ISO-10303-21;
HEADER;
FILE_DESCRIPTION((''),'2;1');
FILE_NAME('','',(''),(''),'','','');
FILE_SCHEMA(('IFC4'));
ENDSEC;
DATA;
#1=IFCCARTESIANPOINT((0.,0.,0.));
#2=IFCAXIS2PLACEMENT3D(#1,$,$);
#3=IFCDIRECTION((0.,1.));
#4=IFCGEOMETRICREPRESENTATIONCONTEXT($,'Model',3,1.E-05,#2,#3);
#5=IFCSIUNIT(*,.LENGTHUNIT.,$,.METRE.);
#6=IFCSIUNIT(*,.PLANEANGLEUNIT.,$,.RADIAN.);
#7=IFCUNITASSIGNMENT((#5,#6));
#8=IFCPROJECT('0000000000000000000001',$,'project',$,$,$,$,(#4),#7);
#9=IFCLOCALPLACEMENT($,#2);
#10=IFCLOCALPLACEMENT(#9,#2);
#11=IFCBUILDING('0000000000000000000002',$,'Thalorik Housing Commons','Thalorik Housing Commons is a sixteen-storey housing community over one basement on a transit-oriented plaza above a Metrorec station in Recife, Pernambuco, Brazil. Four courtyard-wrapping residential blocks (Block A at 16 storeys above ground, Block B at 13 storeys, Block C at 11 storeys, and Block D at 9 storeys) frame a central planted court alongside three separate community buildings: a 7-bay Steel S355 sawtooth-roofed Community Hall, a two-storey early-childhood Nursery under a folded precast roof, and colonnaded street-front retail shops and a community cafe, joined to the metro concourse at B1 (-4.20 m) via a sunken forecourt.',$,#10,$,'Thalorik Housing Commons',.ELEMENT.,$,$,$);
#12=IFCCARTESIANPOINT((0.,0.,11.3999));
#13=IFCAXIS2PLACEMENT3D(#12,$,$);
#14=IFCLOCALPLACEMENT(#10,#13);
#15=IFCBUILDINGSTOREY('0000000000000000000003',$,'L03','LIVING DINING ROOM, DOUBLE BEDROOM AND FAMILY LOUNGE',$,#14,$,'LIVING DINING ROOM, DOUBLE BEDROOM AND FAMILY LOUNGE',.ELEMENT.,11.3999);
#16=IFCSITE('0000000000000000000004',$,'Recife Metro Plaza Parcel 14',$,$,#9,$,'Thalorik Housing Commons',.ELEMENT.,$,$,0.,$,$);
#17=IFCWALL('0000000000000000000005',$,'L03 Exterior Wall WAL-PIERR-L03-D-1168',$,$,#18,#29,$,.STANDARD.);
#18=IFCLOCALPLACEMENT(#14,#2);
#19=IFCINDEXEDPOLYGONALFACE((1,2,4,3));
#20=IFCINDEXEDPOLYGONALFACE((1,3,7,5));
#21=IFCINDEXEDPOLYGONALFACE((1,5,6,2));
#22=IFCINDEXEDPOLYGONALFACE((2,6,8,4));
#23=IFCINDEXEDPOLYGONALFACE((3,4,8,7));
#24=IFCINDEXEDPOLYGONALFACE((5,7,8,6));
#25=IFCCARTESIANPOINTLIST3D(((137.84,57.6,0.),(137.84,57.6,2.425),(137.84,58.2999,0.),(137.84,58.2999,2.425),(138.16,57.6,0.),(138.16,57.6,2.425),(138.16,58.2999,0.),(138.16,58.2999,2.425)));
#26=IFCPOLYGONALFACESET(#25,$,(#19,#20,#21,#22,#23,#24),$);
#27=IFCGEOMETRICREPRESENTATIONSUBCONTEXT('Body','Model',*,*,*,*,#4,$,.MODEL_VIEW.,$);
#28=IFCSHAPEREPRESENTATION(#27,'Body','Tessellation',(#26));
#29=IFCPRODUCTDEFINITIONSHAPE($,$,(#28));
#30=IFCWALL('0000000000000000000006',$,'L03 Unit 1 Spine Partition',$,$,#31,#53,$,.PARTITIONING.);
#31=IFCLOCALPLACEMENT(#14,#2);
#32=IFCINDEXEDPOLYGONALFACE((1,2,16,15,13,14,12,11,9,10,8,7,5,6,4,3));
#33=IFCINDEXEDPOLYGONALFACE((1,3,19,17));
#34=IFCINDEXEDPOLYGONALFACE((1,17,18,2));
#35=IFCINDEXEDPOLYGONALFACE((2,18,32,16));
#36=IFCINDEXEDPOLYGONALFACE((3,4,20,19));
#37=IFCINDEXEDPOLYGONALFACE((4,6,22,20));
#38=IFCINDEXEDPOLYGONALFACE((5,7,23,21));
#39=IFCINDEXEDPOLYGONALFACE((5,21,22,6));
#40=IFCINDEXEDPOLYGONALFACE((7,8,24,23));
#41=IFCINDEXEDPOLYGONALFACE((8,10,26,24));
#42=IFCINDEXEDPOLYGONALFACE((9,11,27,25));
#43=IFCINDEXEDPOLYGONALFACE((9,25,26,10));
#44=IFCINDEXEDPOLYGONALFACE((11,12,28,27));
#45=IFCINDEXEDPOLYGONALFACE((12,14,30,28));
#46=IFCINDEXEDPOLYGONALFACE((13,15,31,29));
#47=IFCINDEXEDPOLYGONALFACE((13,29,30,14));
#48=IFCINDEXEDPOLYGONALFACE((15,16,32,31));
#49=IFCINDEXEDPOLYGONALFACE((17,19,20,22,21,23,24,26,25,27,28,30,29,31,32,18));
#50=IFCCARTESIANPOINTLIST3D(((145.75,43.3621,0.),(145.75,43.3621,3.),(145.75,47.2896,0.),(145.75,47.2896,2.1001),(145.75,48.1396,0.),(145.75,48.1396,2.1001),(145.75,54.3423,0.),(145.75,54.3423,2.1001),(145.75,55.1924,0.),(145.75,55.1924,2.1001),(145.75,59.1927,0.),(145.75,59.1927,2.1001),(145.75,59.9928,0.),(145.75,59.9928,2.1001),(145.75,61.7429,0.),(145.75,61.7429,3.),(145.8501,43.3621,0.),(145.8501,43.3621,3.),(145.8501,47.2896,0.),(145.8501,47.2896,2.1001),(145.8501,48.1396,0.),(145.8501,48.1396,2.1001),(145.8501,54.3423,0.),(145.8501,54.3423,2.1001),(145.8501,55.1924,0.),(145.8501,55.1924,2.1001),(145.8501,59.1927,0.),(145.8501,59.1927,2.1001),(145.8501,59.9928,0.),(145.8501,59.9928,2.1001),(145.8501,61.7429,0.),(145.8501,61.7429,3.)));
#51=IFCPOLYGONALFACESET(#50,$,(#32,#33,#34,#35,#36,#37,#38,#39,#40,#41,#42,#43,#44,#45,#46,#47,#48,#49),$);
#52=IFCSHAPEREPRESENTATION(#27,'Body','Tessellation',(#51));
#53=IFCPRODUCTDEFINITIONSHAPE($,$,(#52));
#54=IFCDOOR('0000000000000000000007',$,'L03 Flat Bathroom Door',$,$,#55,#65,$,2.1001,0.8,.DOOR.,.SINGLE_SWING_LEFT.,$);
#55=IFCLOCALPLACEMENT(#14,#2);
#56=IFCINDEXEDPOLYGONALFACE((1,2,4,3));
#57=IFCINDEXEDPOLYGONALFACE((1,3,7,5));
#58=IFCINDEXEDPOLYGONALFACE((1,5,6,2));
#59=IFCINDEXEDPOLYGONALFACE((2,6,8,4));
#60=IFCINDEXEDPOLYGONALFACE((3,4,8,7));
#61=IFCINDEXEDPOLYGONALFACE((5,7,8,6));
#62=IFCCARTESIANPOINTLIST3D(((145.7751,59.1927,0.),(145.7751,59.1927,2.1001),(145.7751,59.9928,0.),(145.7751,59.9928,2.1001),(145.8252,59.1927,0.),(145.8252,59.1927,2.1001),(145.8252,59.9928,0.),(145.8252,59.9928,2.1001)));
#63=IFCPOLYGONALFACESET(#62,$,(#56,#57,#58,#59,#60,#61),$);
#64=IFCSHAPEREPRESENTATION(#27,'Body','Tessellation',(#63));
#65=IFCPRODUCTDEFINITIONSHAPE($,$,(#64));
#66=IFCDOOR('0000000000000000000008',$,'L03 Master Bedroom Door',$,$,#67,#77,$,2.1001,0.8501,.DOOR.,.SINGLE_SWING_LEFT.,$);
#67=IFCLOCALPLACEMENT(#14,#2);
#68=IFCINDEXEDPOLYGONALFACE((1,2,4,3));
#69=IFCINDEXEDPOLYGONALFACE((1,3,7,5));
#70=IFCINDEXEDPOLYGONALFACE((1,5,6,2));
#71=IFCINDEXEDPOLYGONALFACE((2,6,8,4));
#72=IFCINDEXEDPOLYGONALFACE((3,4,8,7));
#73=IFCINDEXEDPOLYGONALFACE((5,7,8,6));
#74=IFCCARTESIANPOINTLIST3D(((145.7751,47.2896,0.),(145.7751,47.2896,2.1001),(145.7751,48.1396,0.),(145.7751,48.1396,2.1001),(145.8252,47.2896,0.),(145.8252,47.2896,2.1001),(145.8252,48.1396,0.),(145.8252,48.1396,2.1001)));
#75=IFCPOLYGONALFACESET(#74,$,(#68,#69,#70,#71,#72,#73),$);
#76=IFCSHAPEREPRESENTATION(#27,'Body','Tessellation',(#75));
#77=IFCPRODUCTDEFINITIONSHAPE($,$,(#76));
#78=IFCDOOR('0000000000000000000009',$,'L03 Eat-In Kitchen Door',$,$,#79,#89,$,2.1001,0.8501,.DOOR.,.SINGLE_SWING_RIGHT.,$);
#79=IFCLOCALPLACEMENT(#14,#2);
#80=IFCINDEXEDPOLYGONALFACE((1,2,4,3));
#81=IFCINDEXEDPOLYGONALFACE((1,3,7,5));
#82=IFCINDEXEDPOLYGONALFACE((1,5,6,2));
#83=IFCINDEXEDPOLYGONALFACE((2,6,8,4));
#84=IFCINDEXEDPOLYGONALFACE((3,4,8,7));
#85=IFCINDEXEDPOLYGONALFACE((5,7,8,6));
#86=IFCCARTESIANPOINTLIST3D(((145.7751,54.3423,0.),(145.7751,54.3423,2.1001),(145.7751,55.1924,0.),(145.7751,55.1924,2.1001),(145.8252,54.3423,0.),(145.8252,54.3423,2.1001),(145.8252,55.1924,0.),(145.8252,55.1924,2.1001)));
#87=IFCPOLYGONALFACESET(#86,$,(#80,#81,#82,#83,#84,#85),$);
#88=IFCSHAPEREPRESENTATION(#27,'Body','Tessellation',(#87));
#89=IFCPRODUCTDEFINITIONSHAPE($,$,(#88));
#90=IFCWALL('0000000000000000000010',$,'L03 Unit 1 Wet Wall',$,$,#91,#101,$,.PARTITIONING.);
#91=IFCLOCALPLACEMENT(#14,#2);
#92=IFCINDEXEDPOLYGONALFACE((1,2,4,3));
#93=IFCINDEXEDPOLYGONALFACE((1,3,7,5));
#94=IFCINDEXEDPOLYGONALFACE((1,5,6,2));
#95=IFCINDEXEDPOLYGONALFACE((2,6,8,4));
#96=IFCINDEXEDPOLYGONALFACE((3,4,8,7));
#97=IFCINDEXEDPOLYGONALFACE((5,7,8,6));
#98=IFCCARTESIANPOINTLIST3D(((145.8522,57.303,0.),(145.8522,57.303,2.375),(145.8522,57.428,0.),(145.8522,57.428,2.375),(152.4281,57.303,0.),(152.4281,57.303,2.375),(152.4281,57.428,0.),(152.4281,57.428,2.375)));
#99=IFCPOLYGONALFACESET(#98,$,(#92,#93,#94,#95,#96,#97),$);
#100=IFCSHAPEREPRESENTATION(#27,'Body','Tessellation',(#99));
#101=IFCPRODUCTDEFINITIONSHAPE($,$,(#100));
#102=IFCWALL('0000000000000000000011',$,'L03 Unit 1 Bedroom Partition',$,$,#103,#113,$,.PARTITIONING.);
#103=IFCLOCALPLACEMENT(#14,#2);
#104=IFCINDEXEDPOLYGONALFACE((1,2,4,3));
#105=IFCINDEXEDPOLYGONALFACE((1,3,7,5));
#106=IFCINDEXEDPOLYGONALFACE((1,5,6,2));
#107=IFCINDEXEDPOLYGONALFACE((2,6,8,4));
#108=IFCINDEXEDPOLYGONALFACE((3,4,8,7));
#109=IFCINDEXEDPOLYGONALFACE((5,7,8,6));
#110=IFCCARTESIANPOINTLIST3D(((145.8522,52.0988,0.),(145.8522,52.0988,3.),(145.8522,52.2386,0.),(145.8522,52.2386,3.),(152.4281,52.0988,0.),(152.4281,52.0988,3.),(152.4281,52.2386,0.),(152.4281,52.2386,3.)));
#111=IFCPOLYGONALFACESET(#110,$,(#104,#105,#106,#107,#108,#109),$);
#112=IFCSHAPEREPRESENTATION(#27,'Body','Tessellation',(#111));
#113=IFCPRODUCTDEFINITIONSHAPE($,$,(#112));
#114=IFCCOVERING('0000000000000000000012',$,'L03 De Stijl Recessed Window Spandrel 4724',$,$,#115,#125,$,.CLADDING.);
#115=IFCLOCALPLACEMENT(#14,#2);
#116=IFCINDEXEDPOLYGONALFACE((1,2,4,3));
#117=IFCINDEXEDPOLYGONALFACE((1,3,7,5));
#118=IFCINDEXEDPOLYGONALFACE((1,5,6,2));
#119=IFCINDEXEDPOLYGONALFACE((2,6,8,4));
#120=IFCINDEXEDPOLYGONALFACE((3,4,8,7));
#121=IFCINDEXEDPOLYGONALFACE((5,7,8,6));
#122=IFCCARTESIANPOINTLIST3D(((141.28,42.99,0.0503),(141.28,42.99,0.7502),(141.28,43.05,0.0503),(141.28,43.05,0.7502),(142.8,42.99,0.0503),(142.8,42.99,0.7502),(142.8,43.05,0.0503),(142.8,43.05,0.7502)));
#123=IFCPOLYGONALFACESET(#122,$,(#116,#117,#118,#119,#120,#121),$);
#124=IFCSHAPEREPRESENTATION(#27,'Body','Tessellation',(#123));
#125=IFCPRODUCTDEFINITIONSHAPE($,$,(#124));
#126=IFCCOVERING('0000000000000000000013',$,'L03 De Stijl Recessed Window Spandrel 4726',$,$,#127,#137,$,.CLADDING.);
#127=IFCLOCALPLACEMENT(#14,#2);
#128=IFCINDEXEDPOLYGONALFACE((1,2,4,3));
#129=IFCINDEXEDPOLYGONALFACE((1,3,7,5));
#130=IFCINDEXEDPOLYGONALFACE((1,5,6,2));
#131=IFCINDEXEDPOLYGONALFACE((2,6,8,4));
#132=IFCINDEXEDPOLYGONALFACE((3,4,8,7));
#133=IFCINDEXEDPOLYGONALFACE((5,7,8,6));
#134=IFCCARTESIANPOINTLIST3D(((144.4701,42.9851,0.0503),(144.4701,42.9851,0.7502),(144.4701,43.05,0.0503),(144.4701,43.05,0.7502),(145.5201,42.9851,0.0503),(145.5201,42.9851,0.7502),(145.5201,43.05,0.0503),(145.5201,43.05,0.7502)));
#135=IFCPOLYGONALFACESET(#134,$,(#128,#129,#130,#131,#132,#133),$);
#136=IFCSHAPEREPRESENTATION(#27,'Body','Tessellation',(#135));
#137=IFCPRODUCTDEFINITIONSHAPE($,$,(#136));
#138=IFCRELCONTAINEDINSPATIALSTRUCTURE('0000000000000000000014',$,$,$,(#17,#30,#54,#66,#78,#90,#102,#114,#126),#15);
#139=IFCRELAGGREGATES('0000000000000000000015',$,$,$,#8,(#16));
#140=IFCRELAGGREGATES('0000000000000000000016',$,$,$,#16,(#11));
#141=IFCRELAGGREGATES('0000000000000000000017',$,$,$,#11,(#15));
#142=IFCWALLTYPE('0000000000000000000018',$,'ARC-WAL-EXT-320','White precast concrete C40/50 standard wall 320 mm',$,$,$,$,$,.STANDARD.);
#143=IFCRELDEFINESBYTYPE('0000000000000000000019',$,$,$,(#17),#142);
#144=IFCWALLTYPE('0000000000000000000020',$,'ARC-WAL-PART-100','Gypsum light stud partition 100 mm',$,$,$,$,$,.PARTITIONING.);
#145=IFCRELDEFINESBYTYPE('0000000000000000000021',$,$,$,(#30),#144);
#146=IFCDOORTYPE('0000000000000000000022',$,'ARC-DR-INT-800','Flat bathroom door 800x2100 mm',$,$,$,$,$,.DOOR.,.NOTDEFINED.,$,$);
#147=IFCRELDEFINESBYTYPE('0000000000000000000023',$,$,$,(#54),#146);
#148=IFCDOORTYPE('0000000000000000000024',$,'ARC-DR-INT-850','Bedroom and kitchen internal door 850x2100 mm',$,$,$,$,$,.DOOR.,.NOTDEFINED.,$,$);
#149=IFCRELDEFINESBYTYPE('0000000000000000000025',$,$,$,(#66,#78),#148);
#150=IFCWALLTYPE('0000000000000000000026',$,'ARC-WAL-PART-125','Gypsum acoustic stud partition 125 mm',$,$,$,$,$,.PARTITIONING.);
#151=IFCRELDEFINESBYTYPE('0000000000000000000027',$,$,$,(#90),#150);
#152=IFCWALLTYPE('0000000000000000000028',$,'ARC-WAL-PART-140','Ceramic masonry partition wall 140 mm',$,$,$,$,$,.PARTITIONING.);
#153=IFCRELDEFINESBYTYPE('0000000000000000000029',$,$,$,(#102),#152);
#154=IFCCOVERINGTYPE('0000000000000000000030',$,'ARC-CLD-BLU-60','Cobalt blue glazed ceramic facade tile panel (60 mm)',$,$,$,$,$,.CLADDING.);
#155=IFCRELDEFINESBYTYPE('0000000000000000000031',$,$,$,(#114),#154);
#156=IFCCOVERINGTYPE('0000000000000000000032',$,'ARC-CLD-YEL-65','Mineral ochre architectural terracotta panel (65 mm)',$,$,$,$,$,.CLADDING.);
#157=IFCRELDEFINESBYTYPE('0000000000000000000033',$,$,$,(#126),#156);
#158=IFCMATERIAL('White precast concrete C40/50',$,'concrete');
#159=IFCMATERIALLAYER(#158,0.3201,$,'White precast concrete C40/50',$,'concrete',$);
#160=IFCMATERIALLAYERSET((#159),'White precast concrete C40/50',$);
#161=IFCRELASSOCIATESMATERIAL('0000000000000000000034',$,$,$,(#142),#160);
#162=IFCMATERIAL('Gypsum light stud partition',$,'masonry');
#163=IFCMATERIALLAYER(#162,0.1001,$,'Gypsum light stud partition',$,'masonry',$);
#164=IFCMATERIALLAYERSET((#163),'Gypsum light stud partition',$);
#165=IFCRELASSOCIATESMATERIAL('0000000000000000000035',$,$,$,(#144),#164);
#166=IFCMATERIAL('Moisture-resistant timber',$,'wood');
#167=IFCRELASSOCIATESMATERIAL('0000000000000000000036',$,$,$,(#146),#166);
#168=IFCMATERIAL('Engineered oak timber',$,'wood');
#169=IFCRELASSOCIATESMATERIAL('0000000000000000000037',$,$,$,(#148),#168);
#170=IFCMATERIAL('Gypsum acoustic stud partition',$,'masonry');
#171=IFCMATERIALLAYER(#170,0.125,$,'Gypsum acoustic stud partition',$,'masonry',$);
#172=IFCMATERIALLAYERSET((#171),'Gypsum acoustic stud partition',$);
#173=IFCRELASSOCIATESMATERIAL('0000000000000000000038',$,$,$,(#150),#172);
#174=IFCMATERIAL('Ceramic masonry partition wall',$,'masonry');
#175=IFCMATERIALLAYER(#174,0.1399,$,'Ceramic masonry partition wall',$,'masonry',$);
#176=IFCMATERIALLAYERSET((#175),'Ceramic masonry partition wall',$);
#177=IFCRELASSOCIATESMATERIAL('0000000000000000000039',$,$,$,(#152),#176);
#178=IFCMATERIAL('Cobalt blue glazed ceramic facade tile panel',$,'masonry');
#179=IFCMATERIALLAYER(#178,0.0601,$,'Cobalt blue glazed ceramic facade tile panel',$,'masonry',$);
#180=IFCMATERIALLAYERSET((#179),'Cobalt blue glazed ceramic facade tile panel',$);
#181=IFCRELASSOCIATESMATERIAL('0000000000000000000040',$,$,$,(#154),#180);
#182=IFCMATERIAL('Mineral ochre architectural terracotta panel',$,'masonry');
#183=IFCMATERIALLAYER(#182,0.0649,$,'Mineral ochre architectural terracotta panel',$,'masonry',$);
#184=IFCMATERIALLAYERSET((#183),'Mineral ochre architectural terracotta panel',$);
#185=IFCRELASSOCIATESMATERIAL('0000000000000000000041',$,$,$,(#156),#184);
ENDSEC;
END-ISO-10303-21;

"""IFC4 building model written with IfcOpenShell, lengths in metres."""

from ifc_helpers import new_model, si_unit, direction, frame, frame_2d, origin, origin_2d, place, context, subcontext, project, spatial, rectangle, extrude, material, layer, layer_set, type_object, element, fill, save


model = new_model("IFC4")

# Units and contexts
model_context = context("Model", 3, precision=1e-05, world=origin(), true_north=direction((0.0, 1.0)))
body_context = subcontext(model_context, "Body", "Model", "MODEL_VIEW")
ifc_project = project(units=[si_unit("LENGTHUNIT", "METRE"), si_unit("PLANEANGLEUNIT", "RADIAN")], contexts=[model_context])

# Site, building, storey
site_placement = place(None, origin())
site = spatial("IfcSite", under=ifc_project, at=site_placement, Name="Recife Metro Plaza Parcel 14", LongName="Thalorik Housing Commons", CompositionType="ELEMENT", RefElevation=0.0)
building_placement = place(site_placement, origin())
building = spatial("IfcBuilding", under=site, at=building_placement, Name="Thalorik Housing Commons", Description="Thalorik Housing Commons is a sixteen-storey housing community over one basement on a transit-oriented plaza above a Metrorec station in Recife, Pernambuco, Brazil. Four courtyard-wrapping residential blocks (Block A at 16 storeys above ground, Block B at 13 storeys, Block C at 11 storeys, and Block D at 9 storeys) frame a central planted court alongside three separate community buildings: a 7-bay Steel S355 sawtooth-roofed Community Hall, a two-storey early-childhood Nursery under a folded precast roof, and colonnaded street-front retail shops and a community cafe, joined to the metro concourse at B1 (-4.20 m) via a sunken forecourt.", LongName="Thalorik Housing Commons", CompositionType="ELEMENT")
storey_placement = place(building_placement, frame((0.0, 0.0, 11.3999)))
storey = spatial("IfcBuildingStorey", under=building, at=storey_placement, Name="L03", Description="LIVING DINING ROOM, DOUBLE BEDROOM AND FAMILY LOUNGE", LongName="LIVING DINING ROOM, DOUBLE BEDROOM AND FAMILY LOUNGE", CompositionType="ELEMENT", Elevation=11.3999)

# Wall
ifc_material_1 = material(Name="White precast concrete C40/50", Category="concrete")
ifc_layer_1 = layer(ifc_material_1, 0.3201, Name="White precast concrete C40/50", Category="concrete")
ifc_layer_set_1 = layer_set([ifc_layer_1], Name="White precast concrete C40/50")
wall_type_1 = type_object("IfcWallType", Name="ARC-WAL-EXT-320", Description="White precast concrete C40/50 standard wall 320 mm", PredefinedType="STANDARD", material=ifc_layer_set_1)
wall_1_placement = place(storey_placement, frame((138.0, 58.3, 0.0), z_axis=(0.0, 0.0, 1.0), x_axis=(0.0, -1.0, 0.0)))
element("IfcWall", 1, at=wall_1_placement, inside=storey, type_object=wall_type_1, Name="L03 Exterior Wall WAL-PIERR-L03-D-1168", PredefinedType="STANDARD", context=body_context, shape_type="SweptSolid", body=[
    extrude(rectangle(XDim=0.7, YDim=0.3201, at=frame_2d((0.3501, 0.0))), origin(), (0.0, 0.0, 1.0), 2.425),
])

# Wall, openings, doors
ifc_material_2 = material(Name="Gypsum light stud partition", Category="masonry")
ifc_layer_2 = layer(ifc_material_2, 0.1001, Name="Gypsum light stud partition", Category="masonry")
ifc_layer_set_2 = layer_set([ifc_layer_2], Name="Gypsum light stud partition")
wall_type_2 = type_object("IfcWallType", Name="ARC-WAL-PART-100", Description="Gypsum light stud partition 100 mm", PredefinedType="PARTITIONING", material=ifc_layer_set_2)
wall_2_placement = place(storey_placement, frame((145.8, 43.3621, 0.0), z_axis=(0.0, 0.0, 1.0), x_axis=(0.0, 1.0, 0.0)))
wall_2 = element("IfcWall", 2, at=wall_2_placement, inside=storey, type_object=wall_type_2, Name="L03 Unit 1 Spine Partition", PredefinedType="PARTITIONING", context=body_context, shape_type="SweptSolid", body=[
    extrude(rectangle(XDim=18.3809, YDim=0.1001, at=frame_2d((9.1904, 0.0))), origin(), (0.0, 0.0, 1.0), 3.0),
])
opening_1_placement = place(wall_2_placement, frame((3.9275, 0.0, 0.0)))
opening_1 = element("IfcOpeningElement", 3, at=opening_1_placement, cuts=wall_2, PredefinedType="OPENING", context=body_context, shape_type="SweptSolid", body=[
    extrude(rectangle(XDim=0.8501, YDim=2.1001, at=frame_2d((0.425, 1.05))), frame((0.0, 0.0601, 0.0), z_axis=(0.0, -1.0, 0.0), x_axis=(1.0, 0.0, 0.0)), (0.0, 0.0, 1.0), 0.1201),
])
opening_2_placement = place(wall_2_placement, frame((10.9802, 0.0, 0.0)))
opening_2 = element("IfcOpeningElement", 4, at=opening_2_placement, cuts=wall_2, PredefinedType="OPENING", context=body_context, shape_type="SweptSolid", body=[
    extrude(rectangle(XDim=0.8501, YDim=2.1001, at=frame_2d((0.425, 1.05))), frame((0.0, 0.0601, 0.0), z_axis=(0.0, -1.0, 0.0), x_axis=(1.0, 0.0, 0.0)), (0.0, 0.0, 1.0), 0.1201),
])
opening_3_placement = place(wall_2_placement, frame((15.8308, 0.0, 0.0)))
opening_3 = element("IfcOpeningElement", 5, at=opening_3_placement, cuts=wall_2, PredefinedType="OPENING", context=body_context, shape_type="SweptSolid", body=[
    extrude(rectangle(XDim=0.8, YDim=2.1001, at=frame_2d((0.3999, 1.05))), frame((0.0, 0.0601, 0.0), z_axis=(0.0, -1.0, 0.0), x_axis=(1.0, 0.0, 0.0)), (0.0, 0.0, 1.0), 0.1201),
])
ifc_material_3 = material(Name="Moisture-resistant timber", Category="wood")
door_type_1 = type_object("IfcDoorType", Name="ARC-DR-INT-800", Description="Flat bathroom door 800x2100 mm", OperationType="NOTDEFINED", PredefinedType="DOOR", material=ifc_material_3)
door_1_placement = place(opening_3_placement, origin())
door_1 = element("IfcDoor", 6, at=door_1_placement, inside=storey, type_object=door_type_1, Name="L03 Flat Bathroom Door", OperationType="SINGLE_SWING_LEFT", OverallHeight=2.1001, OverallWidth=0.8, PredefinedType="DOOR", context=body_context, shape_type="SweptSolid", body=[
    extrude(rectangle(XDim=0.8, YDim=2.1001, at=frame_2d((0.3999, 1.05))), frame((0.0, 0.0249, 0.0), z_axis=(0.0, -1.0, 0.0), x_axis=(1.0, 0.0, 0.0)), (0.0, 0.0, 1.0), 0.05),
])
fill(opening_3, door_1)
ifc_material_4 = material(Name="Engineered oak timber", Category="wood")
door_type_2 = type_object("IfcDoorType", Name="ARC-DR-INT-850", Description="Bedroom and kitchen internal door 850x2100 mm", OperationType="NOTDEFINED", PredefinedType="DOOR", material=ifc_material_4)
door_2_placement = place(opening_1_placement, origin())
door_2 = element("IfcDoor", 7, at=door_2_placement, inside=storey, type_object=door_type_2, Name="L03 Master Bedroom Door", OperationType="SINGLE_SWING_LEFT", OverallHeight=2.1001, OverallWidth=0.8501, PredefinedType="DOOR", context=body_context, shape_type="SweptSolid", body=[
    extrude(rectangle(XDim=0.8501, YDim=2.1001, at=frame_2d((0.425, 1.05))), frame((0.0, 0.0249, 0.0), z_axis=(0.0, -1.0, 0.0), x_axis=(1.0, 0.0, 0.0)), (0.0, 0.0, 1.0), 0.05),
])
fill(opening_1, door_2)
door_3_placement = place(opening_2_placement, origin())
door_3 = element("IfcDoor", 8, at=door_3_placement, inside=storey, type_object=door_type_2, Name="L03 Eat-In Kitchen Door", OperationType="SINGLE_SWING_RIGHT", OverallHeight=2.1001, OverallWidth=0.8501, PredefinedType="DOOR", context=body_context, shape_type="SweptSolid", body=[
    extrude(rectangle(XDim=0.8501, YDim=2.1001, at=frame_2d((0.425, 1.05))), frame((0.0, 0.0249, 0.0), z_axis=(0.0, -1.0, 0.0), x_axis=(1.0, 0.0, 0.0)), (0.0, 0.0, 1.0), 0.05),
])
fill(opening_2, door_3)

# Walls
ifc_material_5 = material(Name="Gypsum acoustic stud partition", Category="masonry")
ifc_layer_3 = layer(ifc_material_5, 0.125, Name="Gypsum acoustic stud partition", Category="masonry")
ifc_layer_set_3 = layer_set([ifc_layer_3], Name="Gypsum acoustic stud partition")
wall_type_3 = type_object("IfcWallType", Name="ARC-WAL-PART-125", Description="Gypsum acoustic stud partition 125 mm", PredefinedType="PARTITIONING", material=ifc_layer_set_3)
wall_3_placement = place(storey_placement, frame((145.8521, 57.3655, 0.0), z_axis=(0.0, 0.0, 1.0), x_axis=(1.0, 0.0, 0.0)))
element("IfcWall", 9, at=wall_3_placement, inside=storey, type_object=wall_type_3, Name="L03 Unit 1 Wet Wall", PredefinedType="PARTITIONING", context=body_context, shape_type="SweptSolid", body=[
    extrude(rectangle(XDim=6.5759, YDim=0.125, at=frame_2d((3.2881, 0.0))), origin(), (0.0, 0.0, 1.0), 2.375),
])
ifc_material_6 = material(Name="Ceramic masonry partition wall", Category="masonry")
ifc_layer_4 = layer(ifc_material_6, 0.1399, Name="Ceramic masonry partition wall", Category="masonry")
ifc_layer_set_4 = layer_set([ifc_layer_4], Name="Ceramic masonry partition wall")
wall_type_4 = type_object("IfcWallType", Name="ARC-WAL-PART-140", Description="Ceramic masonry partition wall 140 mm", PredefinedType="PARTITIONING", material=ifc_layer_set_4)
wall_4_placement = place(storey_placement, frame((145.8521, 52.1687, 0.0), z_axis=(0.0, 0.0, 1.0), x_axis=(1.0, 0.0, 0.0)))
element("IfcWall", 10, at=wall_4_placement, inside=storey, type_object=wall_type_4, Name="L03 Unit 1 Bedroom Partition", PredefinedType="PARTITIONING", context=body_context, shape_type="SweptSolid", body=[
    extrude(rectangle(XDim=6.5759, YDim=0.1399, at=frame_2d((3.2881, 0.0))), origin(), (0.0, 0.0, 1.0), 3.0),
])

# Coverings
ifc_material_7 = material(Name="Cobalt blue glazed ceramic facade tile panel", Category="masonry")
ifc_layer_5 = layer(ifc_material_7, 0.0601, Name="Cobalt blue glazed ceramic facade tile panel", Category="masonry")
ifc_layer_set_5 = layer_set([ifc_layer_5], Name="Cobalt blue glazed ceramic facade tile panel")
covering_type_1 = type_object("IfcCoveringType", Name="ARC-CLD-BLU-60", Description="Cobalt blue glazed ceramic facade tile panel (60 mm)", PredefinedType="CLADDING", material=ifc_layer_set_5)
covering_1_placement = place(storey_placement, frame((142.04, 43.02, 0.0503), z_axis=(0.0, 0.0, 1.0), x_axis=(1.0, 0.0, 0.0)))
element("IfcCovering", 11, at=covering_1_placement, inside=storey, type_object=covering_type_1, Name="L03 De Stijl Recessed Window Spandrel 4724", PredefinedType="CLADDING", context=body_context, shape_type="SweptSolid", body=[
    extrude(rectangle(XDim=1.52, YDim=0.0601, at=origin_2d()), origin(), (0.0, 0.0, 1.0), 0.7),
])
ifc_material_8 = material(Name="Mineral ochre architectural terracotta panel", Category="masonry")
ifc_layer_6 = layer(ifc_material_8, 0.0649, Name="Mineral ochre architectural terracotta panel", Category="masonry")
ifc_layer_set_6 = layer_set([ifc_layer_6], Name="Mineral ochre architectural terracotta panel")
covering_type_2 = type_object("IfcCoveringType", Name="ARC-CLD-YEL-65", Description="Mineral ochre architectural terracotta panel (65 mm)", PredefinedType="CLADDING", material=ifc_layer_set_6)
covering_2_placement = place(storey_placement, frame((144.9951, 43.0176, 0.0503), z_axis=(0.0, 0.0, 1.0), x_axis=(1.0, 0.0, 0.0)))
element("IfcCovering", 12, at=covering_2_placement, inside=storey, type_object=covering_type_2, Name="L03 De Stijl Recessed Window Spandrel 4726", PredefinedType="CLADDING", context=body_context, shape_type="SweptSolid", body=[
    extrude(rectangle(XDim=1.05, YDim=0.0649, at=origin_2d()), origin(), (0.0, 0.0, 1.0), 0.7),
])

save(model, "model.ifc")
